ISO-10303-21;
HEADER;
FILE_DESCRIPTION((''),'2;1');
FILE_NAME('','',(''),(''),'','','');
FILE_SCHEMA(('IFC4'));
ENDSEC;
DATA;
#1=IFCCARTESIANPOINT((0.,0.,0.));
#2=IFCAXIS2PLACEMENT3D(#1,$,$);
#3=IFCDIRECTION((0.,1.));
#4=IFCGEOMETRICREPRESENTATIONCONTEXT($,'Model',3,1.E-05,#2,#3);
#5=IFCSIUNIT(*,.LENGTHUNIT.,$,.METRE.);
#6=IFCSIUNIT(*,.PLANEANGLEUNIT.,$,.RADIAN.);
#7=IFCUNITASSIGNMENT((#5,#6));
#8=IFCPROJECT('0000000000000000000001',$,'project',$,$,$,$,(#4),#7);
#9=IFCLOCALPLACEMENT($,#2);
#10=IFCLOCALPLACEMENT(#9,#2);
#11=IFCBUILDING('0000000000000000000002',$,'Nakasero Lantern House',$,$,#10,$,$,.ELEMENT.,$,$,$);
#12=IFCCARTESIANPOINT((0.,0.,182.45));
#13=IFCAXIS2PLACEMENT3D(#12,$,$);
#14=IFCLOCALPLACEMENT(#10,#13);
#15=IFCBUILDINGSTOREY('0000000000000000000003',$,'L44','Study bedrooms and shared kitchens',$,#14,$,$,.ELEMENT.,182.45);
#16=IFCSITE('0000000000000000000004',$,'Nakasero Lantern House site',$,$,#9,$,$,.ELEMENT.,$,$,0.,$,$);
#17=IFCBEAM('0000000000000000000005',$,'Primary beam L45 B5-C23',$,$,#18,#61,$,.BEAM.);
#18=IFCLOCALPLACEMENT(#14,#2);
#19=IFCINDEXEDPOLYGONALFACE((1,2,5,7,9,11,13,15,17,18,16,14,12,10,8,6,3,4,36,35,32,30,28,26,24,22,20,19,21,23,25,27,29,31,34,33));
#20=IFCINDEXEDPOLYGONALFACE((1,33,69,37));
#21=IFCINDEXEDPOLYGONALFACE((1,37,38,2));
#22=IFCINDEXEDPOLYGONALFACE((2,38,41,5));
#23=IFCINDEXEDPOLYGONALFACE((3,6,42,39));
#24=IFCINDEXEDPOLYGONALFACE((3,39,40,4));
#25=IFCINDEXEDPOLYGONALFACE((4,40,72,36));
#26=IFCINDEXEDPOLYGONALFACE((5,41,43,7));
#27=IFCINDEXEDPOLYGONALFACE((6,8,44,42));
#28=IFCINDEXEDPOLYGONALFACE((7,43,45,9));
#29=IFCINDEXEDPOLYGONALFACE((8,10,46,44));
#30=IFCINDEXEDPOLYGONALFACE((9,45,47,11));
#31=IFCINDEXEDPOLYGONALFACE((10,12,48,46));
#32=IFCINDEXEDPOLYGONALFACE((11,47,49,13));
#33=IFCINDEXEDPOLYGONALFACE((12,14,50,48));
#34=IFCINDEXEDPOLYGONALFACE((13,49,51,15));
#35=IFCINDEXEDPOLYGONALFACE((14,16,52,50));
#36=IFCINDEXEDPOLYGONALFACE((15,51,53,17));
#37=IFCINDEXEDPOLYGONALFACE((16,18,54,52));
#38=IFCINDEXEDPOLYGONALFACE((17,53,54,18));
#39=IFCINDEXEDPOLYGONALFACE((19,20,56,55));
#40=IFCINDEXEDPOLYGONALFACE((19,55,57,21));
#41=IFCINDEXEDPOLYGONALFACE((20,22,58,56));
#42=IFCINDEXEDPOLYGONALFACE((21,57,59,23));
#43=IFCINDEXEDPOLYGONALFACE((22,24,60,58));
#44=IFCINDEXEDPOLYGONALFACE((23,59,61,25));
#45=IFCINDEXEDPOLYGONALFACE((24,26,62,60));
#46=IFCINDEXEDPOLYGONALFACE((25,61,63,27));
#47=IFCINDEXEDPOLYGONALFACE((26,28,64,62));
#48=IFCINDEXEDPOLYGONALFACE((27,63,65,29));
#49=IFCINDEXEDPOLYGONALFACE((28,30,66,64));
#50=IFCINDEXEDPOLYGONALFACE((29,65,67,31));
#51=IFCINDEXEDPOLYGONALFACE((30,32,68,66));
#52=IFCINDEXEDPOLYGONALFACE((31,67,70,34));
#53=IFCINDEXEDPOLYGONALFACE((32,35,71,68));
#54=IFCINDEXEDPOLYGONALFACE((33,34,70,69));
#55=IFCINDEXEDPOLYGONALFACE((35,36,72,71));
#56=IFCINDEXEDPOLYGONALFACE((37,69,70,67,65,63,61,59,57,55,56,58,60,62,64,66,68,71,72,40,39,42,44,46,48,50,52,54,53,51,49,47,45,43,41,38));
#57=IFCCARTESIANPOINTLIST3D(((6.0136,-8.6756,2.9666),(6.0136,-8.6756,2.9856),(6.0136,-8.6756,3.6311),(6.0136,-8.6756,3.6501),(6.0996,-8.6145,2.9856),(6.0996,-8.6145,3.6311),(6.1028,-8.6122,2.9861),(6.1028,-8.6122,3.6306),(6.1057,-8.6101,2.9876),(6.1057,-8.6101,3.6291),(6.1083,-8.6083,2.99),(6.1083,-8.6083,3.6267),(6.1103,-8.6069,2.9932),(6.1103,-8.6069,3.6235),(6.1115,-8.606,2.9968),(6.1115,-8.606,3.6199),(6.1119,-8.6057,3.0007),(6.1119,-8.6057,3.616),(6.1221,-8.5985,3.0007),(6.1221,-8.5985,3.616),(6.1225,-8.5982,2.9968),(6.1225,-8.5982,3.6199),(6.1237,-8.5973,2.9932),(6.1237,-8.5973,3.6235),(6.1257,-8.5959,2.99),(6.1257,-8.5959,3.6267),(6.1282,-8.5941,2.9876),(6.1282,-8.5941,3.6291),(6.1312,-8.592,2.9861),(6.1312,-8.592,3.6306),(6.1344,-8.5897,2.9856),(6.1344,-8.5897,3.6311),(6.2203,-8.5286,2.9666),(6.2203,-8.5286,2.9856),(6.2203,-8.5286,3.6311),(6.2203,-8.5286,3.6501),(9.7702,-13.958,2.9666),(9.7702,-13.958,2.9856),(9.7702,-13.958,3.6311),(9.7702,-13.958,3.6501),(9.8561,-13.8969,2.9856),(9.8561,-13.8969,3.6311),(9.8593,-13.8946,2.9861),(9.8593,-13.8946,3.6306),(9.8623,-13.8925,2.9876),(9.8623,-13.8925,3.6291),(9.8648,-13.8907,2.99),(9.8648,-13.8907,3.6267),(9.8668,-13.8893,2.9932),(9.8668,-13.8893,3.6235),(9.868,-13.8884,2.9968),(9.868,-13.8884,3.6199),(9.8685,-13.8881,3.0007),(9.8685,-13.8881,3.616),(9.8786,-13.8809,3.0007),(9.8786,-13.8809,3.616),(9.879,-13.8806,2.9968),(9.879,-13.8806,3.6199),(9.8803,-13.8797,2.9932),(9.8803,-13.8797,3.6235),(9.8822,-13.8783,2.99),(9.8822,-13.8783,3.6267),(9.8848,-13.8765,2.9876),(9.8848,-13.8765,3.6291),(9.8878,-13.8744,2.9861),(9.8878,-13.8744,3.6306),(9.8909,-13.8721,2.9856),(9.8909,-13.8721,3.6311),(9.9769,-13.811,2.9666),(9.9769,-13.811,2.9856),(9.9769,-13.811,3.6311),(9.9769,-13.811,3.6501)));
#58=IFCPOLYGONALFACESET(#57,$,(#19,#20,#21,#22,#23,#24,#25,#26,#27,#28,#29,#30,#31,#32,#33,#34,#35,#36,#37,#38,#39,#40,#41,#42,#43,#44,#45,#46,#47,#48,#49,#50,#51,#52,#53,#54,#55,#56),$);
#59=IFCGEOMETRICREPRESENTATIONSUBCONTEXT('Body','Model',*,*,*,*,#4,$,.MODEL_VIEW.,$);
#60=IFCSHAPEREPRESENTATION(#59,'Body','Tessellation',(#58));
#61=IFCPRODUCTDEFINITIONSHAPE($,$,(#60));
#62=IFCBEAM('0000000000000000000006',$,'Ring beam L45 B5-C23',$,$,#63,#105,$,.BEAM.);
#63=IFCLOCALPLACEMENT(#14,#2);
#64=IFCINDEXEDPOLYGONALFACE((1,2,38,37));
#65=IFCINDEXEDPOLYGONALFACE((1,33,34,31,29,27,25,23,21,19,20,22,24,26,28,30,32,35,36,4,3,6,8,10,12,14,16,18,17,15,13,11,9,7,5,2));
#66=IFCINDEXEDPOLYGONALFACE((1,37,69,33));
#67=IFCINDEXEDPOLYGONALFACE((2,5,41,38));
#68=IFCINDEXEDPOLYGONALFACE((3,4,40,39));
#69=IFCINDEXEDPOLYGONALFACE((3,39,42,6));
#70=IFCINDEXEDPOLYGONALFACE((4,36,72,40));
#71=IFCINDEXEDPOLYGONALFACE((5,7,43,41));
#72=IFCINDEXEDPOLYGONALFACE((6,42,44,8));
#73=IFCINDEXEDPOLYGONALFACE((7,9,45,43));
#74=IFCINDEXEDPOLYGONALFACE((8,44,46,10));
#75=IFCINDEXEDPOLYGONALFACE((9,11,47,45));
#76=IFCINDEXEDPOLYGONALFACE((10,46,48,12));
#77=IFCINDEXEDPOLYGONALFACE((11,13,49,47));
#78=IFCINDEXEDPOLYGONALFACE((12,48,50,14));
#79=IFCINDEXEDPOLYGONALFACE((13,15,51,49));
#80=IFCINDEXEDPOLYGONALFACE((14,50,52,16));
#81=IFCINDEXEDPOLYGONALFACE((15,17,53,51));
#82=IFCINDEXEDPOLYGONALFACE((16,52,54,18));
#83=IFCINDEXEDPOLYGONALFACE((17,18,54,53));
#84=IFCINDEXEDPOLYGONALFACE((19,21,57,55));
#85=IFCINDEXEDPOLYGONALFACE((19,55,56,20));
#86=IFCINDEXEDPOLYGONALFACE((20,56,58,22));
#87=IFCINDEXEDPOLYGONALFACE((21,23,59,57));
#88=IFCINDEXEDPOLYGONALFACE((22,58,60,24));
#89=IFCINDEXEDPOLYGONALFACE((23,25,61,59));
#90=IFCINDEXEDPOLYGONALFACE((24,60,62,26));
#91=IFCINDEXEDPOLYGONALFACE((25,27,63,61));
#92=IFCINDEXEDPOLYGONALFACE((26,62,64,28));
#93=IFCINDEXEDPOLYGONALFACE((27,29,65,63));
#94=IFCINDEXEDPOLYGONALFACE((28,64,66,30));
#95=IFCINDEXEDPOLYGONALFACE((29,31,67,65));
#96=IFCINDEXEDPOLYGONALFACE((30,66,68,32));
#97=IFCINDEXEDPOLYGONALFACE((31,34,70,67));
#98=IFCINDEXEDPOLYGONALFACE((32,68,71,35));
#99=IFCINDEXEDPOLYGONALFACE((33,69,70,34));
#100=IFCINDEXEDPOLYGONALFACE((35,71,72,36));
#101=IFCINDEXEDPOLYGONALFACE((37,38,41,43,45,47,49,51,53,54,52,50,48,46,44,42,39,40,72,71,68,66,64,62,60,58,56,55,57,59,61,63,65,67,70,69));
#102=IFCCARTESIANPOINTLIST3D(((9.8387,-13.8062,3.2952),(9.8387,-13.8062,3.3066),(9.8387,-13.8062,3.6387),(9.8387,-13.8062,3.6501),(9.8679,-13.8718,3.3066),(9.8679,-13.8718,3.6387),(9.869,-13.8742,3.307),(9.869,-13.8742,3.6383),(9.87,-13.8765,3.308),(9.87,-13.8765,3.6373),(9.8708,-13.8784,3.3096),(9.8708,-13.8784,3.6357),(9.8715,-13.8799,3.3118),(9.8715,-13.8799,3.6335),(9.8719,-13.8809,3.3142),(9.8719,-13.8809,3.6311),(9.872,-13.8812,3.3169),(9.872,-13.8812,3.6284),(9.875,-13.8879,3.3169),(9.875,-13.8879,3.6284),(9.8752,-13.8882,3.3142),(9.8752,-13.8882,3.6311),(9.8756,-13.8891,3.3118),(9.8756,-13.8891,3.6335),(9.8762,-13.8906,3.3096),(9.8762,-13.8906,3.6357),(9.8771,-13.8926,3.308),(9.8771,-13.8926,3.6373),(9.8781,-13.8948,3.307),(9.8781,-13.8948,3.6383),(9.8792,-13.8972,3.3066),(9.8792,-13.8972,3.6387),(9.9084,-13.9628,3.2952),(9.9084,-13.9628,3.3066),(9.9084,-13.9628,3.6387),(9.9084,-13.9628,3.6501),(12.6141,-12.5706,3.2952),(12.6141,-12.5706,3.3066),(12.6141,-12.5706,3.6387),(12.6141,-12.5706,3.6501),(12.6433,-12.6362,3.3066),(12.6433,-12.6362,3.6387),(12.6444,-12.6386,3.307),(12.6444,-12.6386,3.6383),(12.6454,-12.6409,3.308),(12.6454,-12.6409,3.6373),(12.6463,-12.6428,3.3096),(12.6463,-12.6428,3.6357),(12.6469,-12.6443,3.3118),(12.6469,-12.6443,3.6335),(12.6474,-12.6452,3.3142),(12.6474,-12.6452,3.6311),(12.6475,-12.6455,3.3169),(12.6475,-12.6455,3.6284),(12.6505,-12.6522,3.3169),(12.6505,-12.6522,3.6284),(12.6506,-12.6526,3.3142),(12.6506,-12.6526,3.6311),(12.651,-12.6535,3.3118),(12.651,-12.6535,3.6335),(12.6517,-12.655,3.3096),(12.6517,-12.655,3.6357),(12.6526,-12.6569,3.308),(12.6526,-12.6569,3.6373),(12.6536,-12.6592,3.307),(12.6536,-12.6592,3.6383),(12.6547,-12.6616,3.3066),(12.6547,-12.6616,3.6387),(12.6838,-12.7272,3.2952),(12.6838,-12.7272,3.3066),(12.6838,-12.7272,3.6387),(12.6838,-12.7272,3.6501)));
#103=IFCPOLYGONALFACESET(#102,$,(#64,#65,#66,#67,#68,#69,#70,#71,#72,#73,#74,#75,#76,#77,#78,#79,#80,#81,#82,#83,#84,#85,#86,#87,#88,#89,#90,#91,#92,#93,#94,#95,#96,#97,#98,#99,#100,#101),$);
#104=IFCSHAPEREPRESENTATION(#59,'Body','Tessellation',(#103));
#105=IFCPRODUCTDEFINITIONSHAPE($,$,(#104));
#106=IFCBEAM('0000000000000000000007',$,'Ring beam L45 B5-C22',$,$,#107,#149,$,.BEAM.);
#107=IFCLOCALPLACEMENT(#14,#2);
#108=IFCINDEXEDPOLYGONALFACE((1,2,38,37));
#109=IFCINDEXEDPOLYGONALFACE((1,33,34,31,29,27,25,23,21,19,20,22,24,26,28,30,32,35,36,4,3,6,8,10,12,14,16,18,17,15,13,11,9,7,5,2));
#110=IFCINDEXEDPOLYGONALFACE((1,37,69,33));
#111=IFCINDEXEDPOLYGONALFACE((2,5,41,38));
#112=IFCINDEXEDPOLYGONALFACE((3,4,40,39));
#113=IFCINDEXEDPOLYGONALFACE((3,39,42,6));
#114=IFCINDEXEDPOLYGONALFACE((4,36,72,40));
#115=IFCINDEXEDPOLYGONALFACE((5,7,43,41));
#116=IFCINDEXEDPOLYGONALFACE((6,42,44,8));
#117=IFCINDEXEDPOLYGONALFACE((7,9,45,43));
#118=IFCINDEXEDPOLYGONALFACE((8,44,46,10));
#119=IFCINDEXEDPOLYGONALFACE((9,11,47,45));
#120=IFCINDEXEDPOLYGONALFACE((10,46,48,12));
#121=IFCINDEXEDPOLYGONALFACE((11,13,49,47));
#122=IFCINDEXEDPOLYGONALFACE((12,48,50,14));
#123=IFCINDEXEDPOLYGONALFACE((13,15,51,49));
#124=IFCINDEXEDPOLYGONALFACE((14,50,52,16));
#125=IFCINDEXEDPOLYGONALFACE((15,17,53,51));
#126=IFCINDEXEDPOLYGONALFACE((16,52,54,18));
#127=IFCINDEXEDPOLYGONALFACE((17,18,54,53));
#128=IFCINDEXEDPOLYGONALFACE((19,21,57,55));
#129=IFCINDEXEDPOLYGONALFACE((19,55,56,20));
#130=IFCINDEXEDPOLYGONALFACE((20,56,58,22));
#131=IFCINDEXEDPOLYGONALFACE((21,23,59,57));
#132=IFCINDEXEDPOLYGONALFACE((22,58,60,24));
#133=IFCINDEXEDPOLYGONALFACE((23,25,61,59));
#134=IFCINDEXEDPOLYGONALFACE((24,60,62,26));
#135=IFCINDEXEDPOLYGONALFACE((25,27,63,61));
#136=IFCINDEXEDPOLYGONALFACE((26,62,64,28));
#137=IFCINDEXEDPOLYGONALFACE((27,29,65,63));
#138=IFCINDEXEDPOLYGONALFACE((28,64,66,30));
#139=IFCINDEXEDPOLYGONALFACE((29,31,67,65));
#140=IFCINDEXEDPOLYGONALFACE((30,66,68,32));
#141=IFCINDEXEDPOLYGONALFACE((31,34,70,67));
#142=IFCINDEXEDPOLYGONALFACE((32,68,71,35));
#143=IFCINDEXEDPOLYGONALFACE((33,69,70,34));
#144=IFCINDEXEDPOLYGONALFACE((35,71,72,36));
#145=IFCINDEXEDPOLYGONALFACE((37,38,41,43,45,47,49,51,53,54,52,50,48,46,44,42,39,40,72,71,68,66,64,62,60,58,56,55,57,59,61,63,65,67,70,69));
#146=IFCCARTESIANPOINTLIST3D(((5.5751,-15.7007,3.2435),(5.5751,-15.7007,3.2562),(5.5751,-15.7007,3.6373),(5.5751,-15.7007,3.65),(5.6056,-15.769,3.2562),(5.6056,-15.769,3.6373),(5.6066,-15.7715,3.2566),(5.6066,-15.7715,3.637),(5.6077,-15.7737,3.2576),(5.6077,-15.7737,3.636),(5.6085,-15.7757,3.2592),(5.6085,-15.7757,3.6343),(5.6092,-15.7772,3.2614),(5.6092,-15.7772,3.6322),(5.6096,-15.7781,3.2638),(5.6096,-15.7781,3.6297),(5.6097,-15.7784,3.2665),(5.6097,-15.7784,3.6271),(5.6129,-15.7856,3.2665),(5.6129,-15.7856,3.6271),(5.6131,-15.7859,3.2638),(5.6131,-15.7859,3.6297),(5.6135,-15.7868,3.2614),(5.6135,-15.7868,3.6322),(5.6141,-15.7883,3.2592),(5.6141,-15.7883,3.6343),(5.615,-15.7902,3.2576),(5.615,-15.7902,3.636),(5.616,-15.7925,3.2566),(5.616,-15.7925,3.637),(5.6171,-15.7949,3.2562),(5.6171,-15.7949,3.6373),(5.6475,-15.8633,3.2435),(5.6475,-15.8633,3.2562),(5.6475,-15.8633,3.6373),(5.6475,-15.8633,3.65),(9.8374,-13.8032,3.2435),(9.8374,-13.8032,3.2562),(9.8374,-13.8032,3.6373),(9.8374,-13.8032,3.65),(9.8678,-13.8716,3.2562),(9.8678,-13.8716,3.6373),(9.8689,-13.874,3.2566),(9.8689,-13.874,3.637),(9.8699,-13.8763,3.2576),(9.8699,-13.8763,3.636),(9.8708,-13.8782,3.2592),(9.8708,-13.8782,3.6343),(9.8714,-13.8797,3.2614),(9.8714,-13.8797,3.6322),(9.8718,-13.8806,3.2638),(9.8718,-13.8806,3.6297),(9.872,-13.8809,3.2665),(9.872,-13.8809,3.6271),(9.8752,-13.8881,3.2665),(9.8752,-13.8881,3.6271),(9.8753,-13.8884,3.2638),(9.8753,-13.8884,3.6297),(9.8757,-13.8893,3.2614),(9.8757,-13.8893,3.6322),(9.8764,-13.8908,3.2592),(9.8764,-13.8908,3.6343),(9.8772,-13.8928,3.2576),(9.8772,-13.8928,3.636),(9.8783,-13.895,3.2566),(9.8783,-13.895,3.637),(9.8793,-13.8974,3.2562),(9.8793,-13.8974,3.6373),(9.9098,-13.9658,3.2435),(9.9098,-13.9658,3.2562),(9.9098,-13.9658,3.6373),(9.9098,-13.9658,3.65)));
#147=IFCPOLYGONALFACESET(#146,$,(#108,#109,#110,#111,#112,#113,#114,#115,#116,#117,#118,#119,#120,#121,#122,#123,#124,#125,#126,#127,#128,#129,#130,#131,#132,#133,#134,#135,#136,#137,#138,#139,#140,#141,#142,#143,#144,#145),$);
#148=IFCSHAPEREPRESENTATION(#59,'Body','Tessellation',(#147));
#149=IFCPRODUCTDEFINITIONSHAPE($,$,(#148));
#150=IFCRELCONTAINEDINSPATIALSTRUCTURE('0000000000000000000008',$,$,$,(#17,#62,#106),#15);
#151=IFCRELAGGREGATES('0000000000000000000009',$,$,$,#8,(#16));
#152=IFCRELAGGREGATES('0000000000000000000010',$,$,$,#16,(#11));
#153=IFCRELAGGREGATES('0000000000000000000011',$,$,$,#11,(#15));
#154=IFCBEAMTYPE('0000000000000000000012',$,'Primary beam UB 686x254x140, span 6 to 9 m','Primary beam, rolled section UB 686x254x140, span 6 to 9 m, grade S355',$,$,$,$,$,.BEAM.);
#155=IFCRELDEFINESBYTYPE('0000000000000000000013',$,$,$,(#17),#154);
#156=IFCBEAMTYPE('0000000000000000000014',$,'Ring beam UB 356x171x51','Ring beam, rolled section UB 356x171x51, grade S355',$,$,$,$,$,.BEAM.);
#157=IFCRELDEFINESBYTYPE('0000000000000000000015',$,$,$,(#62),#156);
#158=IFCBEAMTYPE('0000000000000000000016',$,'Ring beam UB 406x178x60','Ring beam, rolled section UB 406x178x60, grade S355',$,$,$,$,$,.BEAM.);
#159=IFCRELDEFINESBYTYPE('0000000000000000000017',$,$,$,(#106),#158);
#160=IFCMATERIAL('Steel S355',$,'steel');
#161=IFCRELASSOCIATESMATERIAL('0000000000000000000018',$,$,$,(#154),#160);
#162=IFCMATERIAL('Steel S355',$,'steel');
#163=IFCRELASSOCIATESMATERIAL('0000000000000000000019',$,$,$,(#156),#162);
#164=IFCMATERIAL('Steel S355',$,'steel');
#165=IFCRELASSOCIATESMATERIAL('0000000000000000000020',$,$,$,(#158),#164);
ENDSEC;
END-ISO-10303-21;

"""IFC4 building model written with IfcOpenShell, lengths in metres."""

from ifc_helpers import new_model, si_unit, direction, frame, origin, origin_2d, place, context, subcontext, project, spatial, i_section, extrude, material, material_profile, profile_set, type_object, element, save


model = new_model("IFC4")

# Units and contexts
model_context = context("Model", 3, precision=1e-05, world=origin(), true_north=direction((0.0, 1.0)))
body_context = subcontext(model_context, "Body", "Model", "MODEL_VIEW")
ifc_project = project(units=[si_unit("LENGTHUNIT", "METRE"), si_unit("PLANEANGLEUNIT", "RADIAN")], contexts=[model_context])

# Site, building, storey
site_placement = place(None, origin())
site = spatial("IfcSite", under=ifc_project, at=site_placement, Name="Nakasero Lantern House site", CompositionType="ELEMENT", RefElevation=0.0)
building_placement = place(site_placement, origin())
building = spatial("IfcBuilding", under=site, at=building_placement, Name="Nakasero Lantern House", CompositionType="ELEMENT")
storey_placement = place(building_placement, frame((0.0, 0.0, 182.45)))
storey = spatial("IfcBuildingStorey", under=building, at=storey_placement, Name="L44", Description="Study bedrooms and shared kitchens", CompositionType="ELEMENT", Elevation=182.45)

# Beams
ifc_material_1 = material(Name="Steel S355", Category="steel")
ifc_material_profile_1 = material_profile(ifc_material_1, i_section(OverallWidth=0.2537, OverallDepth=0.6836, WebThickness=0.0125, FlangeThickness=0.019, FilletRadius=0.0151, at=origin_2d()), Name="UB 686x254x140")
ifc_profile_set_1 = profile_set([ifc_material_profile_1], Name="Steel S355")
beam_type_1 = type_object("IfcBeamType", Name="Primary beam UB 686x254x140, span 6 to 9 m", Description="Primary beam, rolled section UB 686x254x140, span 6 to 9 m, grade S355", PredefinedType="BEAM", material=ifc_profile_set_1)
beam_1_placement = place(storey_placement, frame((9.8735, -13.8845, 3.3083), z_axis=(-0.579541, 0.814943, 0.0), x_axis=(-0.814943, -0.579541, 0.0)))
element("IfcBeam", 1, at=beam_1_placement, inside=storey, type_object=beam_type_1, Name="Primary beam L45 B5-C23", PredefinedType="BEAM", context=body_context, shape_type="SweptSolid", body=[
    extrude(i_section(OverallWidth=0.2537, OverallDepth=0.6836, WebThickness=0.0125, FlangeThickness=0.019, FilletRadius=0.0151, at=origin_2d()), origin(), (0.0, 0.0, 1.0), 6.4819),
])
ifc_material_2 = material(Name="Steel S355", Category="steel")
ifc_material_profile_2 = material_profile(ifc_material_2, i_section(OverallWidth=0.1714, OverallDepth=0.355, WebThickness=0.0073, FlangeThickness=0.0115, FilletRadius=0.0103, at=origin_2d()), Name="UB 356x171x51")
ifc_profile_set_2 = profile_set([ifc_material_profile_2], Name="Steel S355")
beam_type_2 = type_object("IfcBeamType", Name="Ring beam UB 356x171x51", Description="Ring beam, rolled section UB 356x171x51, grade S355", PredefinedType="BEAM", material=ifc_profile_set_2)
beam_2_placement = place(storey_placement, frame((9.8735, -13.8845, 3.4727), z_axis=(0.913556, 0.406713, 0.0), x_axis=(-0.406713, 0.913556, 0.0)))
element("IfcBeam", 2, at=beam_2_placement, inside=storey, type_object=beam_type_2, Name="Ring beam L45 B5-C23", PredefinedType="BEAM", context=body_context, shape_type="SweptSolid", body=[
    extrude(i_section(OverallWidth=0.1714, OverallDepth=0.355, WebThickness=0.0073, FlangeThickness=0.0115, FilletRadius=0.0103, at=origin_2d()), origin(), (0.0, 0.0, 1.0), 3.0381),
])
ifc_material_3 = material(Name="Steel S355", Category="steel")
ifc_material_profile_3 = material_profile(ifc_material_3, i_section(OverallWidth=0.178, OverallDepth=0.4065, WebThickness=0.0078, FlangeThickness=0.0127, FilletRadius=0.0103, at=origin_2d()), Name="UB 406x178x60")
ifc_profile_set_3 = profile_set([ifc_material_profile_3], Name="Steel S355")
beam_type_3 = type_object("IfcBeamType", Name="Ring beam UB 406x178x60", Description="Ring beam, rolled section UB 406x178x60, grade S355", PredefinedType="BEAM", material=ifc_profile_set_3)
beam_3_placement = place(storey_placement, frame((5.6113, -15.782, 3.4468), z_axis=(0.913561, 0.406702, 0.0), x_axis=(-0.406702, 0.913561, 0.0)))
element("IfcBeam", 3, at=beam_3_placement, inside=storey, type_object=beam_type_3, Name="Ring beam L45 B5-C22", PredefinedType="BEAM", context=body_context, shape_type="SweptSolid", body=[
    extrude(i_section(OverallWidth=0.178, OverallDepth=0.4065, WebThickness=0.0078, FlangeThickness=0.0127, FilletRadius=0.0103, at=origin_2d()), origin(), (0.0, 0.0, 1.0), 4.6655),
])

save(model, "model.ifc")
